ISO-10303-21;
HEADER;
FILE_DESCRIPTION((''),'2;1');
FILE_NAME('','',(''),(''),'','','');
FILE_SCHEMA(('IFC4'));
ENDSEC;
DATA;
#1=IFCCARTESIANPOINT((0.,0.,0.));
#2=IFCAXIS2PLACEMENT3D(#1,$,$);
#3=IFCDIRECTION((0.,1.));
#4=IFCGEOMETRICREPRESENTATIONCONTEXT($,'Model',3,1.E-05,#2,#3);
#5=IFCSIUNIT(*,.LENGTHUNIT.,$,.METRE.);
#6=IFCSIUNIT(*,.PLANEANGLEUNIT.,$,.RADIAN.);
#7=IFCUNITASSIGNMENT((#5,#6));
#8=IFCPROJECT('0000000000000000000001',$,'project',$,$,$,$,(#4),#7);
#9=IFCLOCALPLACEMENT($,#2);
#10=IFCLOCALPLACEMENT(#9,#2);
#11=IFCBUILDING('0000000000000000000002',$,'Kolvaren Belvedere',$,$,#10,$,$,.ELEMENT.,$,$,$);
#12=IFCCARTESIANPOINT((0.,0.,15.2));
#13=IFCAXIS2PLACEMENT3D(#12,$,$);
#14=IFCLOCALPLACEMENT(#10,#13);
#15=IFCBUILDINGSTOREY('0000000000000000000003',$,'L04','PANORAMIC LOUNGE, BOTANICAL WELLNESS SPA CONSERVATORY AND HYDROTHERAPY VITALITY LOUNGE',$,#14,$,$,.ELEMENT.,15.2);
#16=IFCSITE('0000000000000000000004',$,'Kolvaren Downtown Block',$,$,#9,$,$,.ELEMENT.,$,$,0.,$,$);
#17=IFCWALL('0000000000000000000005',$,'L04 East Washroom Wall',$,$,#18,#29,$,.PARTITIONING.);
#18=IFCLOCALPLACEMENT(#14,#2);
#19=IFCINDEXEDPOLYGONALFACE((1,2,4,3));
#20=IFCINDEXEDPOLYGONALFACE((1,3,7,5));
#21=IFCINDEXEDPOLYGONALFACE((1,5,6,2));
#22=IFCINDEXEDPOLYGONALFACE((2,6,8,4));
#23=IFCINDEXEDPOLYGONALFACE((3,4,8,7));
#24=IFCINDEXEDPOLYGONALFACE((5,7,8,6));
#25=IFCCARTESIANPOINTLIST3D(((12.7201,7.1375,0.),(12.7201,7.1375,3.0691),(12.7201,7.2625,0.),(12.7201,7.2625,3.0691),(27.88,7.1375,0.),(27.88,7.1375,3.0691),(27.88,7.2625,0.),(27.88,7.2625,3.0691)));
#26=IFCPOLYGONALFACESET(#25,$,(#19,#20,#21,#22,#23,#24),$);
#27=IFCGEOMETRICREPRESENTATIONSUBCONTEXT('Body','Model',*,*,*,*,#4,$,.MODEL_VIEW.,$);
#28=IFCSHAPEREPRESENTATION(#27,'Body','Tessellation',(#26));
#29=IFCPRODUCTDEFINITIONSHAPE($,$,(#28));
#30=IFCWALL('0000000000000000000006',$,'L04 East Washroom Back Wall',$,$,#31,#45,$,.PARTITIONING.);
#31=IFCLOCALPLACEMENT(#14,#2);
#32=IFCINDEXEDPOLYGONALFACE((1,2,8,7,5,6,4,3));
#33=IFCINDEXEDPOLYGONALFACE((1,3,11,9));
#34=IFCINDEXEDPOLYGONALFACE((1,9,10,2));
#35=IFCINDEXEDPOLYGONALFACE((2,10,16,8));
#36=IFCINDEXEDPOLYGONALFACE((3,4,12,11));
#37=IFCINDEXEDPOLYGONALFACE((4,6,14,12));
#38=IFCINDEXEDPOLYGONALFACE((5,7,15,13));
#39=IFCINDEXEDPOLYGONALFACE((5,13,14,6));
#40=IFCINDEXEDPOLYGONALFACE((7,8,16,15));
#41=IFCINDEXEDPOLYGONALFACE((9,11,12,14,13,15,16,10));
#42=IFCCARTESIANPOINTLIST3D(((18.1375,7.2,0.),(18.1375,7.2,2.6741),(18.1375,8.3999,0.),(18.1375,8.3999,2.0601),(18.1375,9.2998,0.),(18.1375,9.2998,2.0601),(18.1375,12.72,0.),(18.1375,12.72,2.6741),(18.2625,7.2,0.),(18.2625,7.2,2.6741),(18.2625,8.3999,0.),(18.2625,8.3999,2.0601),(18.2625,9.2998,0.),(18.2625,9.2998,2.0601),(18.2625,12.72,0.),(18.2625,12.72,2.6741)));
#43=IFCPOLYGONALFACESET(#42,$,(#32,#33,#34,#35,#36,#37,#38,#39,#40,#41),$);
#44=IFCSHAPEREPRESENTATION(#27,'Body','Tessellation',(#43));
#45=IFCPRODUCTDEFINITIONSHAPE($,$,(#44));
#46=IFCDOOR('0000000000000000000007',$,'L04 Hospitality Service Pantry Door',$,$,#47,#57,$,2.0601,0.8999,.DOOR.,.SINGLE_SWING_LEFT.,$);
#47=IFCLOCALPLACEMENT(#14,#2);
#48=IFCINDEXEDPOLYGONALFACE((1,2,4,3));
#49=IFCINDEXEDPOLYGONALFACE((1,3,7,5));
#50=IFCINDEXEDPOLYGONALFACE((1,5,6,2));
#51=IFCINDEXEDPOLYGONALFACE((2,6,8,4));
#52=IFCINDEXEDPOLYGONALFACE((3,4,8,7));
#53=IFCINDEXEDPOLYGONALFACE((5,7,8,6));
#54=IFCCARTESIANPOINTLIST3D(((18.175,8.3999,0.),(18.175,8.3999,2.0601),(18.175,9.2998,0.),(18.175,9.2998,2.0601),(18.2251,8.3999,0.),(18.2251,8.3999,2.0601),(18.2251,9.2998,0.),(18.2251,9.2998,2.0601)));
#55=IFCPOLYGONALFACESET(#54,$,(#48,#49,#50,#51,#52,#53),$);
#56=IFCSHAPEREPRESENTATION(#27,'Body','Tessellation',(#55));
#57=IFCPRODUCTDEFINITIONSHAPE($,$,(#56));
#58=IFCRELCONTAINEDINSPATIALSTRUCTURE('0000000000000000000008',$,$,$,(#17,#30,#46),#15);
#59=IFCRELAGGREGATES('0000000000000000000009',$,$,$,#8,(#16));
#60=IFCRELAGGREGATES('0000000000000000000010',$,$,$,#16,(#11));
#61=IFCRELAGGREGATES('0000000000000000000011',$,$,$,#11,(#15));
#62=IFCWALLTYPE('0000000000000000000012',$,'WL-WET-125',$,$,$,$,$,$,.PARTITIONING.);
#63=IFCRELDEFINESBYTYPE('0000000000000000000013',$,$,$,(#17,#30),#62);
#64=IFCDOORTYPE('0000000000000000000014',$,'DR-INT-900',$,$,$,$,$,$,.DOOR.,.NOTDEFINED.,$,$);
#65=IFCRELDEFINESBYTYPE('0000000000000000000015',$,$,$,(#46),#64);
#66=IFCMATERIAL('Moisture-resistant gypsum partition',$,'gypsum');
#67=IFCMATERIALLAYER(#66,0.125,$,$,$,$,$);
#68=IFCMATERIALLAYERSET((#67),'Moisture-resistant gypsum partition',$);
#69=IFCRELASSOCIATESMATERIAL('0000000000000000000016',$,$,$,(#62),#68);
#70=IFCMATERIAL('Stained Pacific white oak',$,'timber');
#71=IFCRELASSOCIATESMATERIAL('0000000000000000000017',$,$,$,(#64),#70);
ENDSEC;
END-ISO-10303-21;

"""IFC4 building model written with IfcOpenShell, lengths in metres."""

from ifc_helpers import new_model, si_unit, direction, frame, frame_2d, origin, place, context, subcontext, project, spatial, rectangle, extrude, material, layer, layer_set, type_object, element, fill, save


model = new_model("IFC4")

# Units and contexts
model_context = context("Model", 3, precision=1e-05, world=origin(), true_north=direction((0.0, 1.0)))
body_context = subcontext(model_context, "Body", "Model", "MODEL_VIEW")
ifc_project = project(units=[si_unit("LENGTHUNIT", "METRE"), si_unit("PLANEANGLEUNIT", "RADIAN")], contexts=[model_context])

# Site, building, storey
site_placement = place(None, origin())
site = spatial("IfcSite", under=ifc_project, at=site_placement, Name="Kolvaren Downtown Block", CompositionType="ELEMENT", RefElevation=0.0)
building_placement = place(site_placement, origin())
building = spatial("IfcBuilding", under=site, at=building_placement, Name="Kolvaren Belvedere", CompositionType="ELEMENT")
storey_placement = place(building_placement, frame((0.0, 0.0, 15.2)))
storey = spatial("IfcBuildingStorey", under=building, at=storey_placement, Name="L04", Description="PANORAMIC LOUNGE, BOTANICAL WELLNESS SPA CONSERVATORY AND HYDROTHERAPY VITALITY LOUNGE", CompositionType="ELEMENT", Elevation=15.2)

# Wall
ifc_material_1 = material(Name="Moisture-resistant gypsum partition", Category="gypsum")
ifc_layer_1 = layer(ifc_material_1, 0.125)
ifc_layer_set_1 = layer_set([ifc_layer_1], Name="Moisture-resistant gypsum partition")
wall_type_1 = type_object("IfcWallType", Name="WL-WET-125", PredefinedType="PARTITIONING", material=ifc_layer_set_1)
wall_1_placement = place(storey_placement, frame((12.72, 7.2, 0.0), z_axis=(0.0, 0.0, 1.0), x_axis=(1.0, 0.0, 0.0)))
element("IfcWall", 1, at=wall_1_placement, inside=storey, type_object=wall_type_1, Name="L04 East Washroom Wall", PredefinedType="PARTITIONING", context=body_context, shape_type="SweptSolid", body=[
    extrude(rectangle(XDim=15.1599, YDim=0.125, at=frame_2d((7.5801, 0.0))), origin(), (0.0, 0.0, 1.0), 3.0691),
])

# Wall, opening, door
wall_2_placement = place(storey_placement, frame((18.2, 7.2, 0.0), z_axis=(0.0, 0.0, 1.0), x_axis=(0.0, 1.0, 0.0)))
wall_2 = element("IfcWall", 2, at=wall_2_placement, inside=storey, type_object=wall_type_1, Name="L04 East Washroom Back Wall", PredefinedType="PARTITIONING", context=body_context, shape_type="SweptSolid", body=[
    extrude(rectangle(XDim=5.52, YDim=0.125, at=frame_2d((2.76, 0.0))), origin(), (0.0, 0.0, 1.0), 2.6741),
])
opening_placement = place(wall_2_placement, frame((1.2, 0.0, 0.0)))
opening = element("IfcOpeningElement", 3, at=opening_placement, cuts=wall_2, PredefinedType="OPENING", context=body_context, shape_type="SweptSolid", body=[
    extrude(rectangle(XDim=0.8999, YDim=2.0601, at=frame_2d((0.45, 1.03))), frame((0.0, 0.0725, 0.0), z_axis=(0.0, -1.0, 0.0), x_axis=(1.0, 0.0, 0.0)), (0.0, 0.0, 1.0), 0.145),
])
ifc_material_2 = material(Name="Stained Pacific white oak", Category="timber")
door_type = type_object("IfcDoorType", Name="DR-INT-900", OperationType="NOTDEFINED", PredefinedType="DOOR", material=ifc_material_2)
door_placement = place(opening_placement, origin())
door = element("IfcDoor", 4, at=door_placement, inside=storey, type_object=door_type, Name="L04 Hospitality Service Pantry Door", OperationType="SINGLE_SWING_LEFT", OverallHeight=2.0601, OverallWidth=0.8999, PredefinedType="DOOR", context=body_context, shape_type="SweptSolid", body=[
    extrude(rectangle(XDim=0.8999, YDim=2.0601, at=frame_2d((0.45, 1.03))), frame((0.0, 0.0249, 0.0), z_axis=(0.0, -1.0, 0.0), x_axis=(1.0, 0.0, 0.0)), (0.0, 0.0, 1.0), 0.05),
])
fill(opening, door)

save(model, "model.ifc")
